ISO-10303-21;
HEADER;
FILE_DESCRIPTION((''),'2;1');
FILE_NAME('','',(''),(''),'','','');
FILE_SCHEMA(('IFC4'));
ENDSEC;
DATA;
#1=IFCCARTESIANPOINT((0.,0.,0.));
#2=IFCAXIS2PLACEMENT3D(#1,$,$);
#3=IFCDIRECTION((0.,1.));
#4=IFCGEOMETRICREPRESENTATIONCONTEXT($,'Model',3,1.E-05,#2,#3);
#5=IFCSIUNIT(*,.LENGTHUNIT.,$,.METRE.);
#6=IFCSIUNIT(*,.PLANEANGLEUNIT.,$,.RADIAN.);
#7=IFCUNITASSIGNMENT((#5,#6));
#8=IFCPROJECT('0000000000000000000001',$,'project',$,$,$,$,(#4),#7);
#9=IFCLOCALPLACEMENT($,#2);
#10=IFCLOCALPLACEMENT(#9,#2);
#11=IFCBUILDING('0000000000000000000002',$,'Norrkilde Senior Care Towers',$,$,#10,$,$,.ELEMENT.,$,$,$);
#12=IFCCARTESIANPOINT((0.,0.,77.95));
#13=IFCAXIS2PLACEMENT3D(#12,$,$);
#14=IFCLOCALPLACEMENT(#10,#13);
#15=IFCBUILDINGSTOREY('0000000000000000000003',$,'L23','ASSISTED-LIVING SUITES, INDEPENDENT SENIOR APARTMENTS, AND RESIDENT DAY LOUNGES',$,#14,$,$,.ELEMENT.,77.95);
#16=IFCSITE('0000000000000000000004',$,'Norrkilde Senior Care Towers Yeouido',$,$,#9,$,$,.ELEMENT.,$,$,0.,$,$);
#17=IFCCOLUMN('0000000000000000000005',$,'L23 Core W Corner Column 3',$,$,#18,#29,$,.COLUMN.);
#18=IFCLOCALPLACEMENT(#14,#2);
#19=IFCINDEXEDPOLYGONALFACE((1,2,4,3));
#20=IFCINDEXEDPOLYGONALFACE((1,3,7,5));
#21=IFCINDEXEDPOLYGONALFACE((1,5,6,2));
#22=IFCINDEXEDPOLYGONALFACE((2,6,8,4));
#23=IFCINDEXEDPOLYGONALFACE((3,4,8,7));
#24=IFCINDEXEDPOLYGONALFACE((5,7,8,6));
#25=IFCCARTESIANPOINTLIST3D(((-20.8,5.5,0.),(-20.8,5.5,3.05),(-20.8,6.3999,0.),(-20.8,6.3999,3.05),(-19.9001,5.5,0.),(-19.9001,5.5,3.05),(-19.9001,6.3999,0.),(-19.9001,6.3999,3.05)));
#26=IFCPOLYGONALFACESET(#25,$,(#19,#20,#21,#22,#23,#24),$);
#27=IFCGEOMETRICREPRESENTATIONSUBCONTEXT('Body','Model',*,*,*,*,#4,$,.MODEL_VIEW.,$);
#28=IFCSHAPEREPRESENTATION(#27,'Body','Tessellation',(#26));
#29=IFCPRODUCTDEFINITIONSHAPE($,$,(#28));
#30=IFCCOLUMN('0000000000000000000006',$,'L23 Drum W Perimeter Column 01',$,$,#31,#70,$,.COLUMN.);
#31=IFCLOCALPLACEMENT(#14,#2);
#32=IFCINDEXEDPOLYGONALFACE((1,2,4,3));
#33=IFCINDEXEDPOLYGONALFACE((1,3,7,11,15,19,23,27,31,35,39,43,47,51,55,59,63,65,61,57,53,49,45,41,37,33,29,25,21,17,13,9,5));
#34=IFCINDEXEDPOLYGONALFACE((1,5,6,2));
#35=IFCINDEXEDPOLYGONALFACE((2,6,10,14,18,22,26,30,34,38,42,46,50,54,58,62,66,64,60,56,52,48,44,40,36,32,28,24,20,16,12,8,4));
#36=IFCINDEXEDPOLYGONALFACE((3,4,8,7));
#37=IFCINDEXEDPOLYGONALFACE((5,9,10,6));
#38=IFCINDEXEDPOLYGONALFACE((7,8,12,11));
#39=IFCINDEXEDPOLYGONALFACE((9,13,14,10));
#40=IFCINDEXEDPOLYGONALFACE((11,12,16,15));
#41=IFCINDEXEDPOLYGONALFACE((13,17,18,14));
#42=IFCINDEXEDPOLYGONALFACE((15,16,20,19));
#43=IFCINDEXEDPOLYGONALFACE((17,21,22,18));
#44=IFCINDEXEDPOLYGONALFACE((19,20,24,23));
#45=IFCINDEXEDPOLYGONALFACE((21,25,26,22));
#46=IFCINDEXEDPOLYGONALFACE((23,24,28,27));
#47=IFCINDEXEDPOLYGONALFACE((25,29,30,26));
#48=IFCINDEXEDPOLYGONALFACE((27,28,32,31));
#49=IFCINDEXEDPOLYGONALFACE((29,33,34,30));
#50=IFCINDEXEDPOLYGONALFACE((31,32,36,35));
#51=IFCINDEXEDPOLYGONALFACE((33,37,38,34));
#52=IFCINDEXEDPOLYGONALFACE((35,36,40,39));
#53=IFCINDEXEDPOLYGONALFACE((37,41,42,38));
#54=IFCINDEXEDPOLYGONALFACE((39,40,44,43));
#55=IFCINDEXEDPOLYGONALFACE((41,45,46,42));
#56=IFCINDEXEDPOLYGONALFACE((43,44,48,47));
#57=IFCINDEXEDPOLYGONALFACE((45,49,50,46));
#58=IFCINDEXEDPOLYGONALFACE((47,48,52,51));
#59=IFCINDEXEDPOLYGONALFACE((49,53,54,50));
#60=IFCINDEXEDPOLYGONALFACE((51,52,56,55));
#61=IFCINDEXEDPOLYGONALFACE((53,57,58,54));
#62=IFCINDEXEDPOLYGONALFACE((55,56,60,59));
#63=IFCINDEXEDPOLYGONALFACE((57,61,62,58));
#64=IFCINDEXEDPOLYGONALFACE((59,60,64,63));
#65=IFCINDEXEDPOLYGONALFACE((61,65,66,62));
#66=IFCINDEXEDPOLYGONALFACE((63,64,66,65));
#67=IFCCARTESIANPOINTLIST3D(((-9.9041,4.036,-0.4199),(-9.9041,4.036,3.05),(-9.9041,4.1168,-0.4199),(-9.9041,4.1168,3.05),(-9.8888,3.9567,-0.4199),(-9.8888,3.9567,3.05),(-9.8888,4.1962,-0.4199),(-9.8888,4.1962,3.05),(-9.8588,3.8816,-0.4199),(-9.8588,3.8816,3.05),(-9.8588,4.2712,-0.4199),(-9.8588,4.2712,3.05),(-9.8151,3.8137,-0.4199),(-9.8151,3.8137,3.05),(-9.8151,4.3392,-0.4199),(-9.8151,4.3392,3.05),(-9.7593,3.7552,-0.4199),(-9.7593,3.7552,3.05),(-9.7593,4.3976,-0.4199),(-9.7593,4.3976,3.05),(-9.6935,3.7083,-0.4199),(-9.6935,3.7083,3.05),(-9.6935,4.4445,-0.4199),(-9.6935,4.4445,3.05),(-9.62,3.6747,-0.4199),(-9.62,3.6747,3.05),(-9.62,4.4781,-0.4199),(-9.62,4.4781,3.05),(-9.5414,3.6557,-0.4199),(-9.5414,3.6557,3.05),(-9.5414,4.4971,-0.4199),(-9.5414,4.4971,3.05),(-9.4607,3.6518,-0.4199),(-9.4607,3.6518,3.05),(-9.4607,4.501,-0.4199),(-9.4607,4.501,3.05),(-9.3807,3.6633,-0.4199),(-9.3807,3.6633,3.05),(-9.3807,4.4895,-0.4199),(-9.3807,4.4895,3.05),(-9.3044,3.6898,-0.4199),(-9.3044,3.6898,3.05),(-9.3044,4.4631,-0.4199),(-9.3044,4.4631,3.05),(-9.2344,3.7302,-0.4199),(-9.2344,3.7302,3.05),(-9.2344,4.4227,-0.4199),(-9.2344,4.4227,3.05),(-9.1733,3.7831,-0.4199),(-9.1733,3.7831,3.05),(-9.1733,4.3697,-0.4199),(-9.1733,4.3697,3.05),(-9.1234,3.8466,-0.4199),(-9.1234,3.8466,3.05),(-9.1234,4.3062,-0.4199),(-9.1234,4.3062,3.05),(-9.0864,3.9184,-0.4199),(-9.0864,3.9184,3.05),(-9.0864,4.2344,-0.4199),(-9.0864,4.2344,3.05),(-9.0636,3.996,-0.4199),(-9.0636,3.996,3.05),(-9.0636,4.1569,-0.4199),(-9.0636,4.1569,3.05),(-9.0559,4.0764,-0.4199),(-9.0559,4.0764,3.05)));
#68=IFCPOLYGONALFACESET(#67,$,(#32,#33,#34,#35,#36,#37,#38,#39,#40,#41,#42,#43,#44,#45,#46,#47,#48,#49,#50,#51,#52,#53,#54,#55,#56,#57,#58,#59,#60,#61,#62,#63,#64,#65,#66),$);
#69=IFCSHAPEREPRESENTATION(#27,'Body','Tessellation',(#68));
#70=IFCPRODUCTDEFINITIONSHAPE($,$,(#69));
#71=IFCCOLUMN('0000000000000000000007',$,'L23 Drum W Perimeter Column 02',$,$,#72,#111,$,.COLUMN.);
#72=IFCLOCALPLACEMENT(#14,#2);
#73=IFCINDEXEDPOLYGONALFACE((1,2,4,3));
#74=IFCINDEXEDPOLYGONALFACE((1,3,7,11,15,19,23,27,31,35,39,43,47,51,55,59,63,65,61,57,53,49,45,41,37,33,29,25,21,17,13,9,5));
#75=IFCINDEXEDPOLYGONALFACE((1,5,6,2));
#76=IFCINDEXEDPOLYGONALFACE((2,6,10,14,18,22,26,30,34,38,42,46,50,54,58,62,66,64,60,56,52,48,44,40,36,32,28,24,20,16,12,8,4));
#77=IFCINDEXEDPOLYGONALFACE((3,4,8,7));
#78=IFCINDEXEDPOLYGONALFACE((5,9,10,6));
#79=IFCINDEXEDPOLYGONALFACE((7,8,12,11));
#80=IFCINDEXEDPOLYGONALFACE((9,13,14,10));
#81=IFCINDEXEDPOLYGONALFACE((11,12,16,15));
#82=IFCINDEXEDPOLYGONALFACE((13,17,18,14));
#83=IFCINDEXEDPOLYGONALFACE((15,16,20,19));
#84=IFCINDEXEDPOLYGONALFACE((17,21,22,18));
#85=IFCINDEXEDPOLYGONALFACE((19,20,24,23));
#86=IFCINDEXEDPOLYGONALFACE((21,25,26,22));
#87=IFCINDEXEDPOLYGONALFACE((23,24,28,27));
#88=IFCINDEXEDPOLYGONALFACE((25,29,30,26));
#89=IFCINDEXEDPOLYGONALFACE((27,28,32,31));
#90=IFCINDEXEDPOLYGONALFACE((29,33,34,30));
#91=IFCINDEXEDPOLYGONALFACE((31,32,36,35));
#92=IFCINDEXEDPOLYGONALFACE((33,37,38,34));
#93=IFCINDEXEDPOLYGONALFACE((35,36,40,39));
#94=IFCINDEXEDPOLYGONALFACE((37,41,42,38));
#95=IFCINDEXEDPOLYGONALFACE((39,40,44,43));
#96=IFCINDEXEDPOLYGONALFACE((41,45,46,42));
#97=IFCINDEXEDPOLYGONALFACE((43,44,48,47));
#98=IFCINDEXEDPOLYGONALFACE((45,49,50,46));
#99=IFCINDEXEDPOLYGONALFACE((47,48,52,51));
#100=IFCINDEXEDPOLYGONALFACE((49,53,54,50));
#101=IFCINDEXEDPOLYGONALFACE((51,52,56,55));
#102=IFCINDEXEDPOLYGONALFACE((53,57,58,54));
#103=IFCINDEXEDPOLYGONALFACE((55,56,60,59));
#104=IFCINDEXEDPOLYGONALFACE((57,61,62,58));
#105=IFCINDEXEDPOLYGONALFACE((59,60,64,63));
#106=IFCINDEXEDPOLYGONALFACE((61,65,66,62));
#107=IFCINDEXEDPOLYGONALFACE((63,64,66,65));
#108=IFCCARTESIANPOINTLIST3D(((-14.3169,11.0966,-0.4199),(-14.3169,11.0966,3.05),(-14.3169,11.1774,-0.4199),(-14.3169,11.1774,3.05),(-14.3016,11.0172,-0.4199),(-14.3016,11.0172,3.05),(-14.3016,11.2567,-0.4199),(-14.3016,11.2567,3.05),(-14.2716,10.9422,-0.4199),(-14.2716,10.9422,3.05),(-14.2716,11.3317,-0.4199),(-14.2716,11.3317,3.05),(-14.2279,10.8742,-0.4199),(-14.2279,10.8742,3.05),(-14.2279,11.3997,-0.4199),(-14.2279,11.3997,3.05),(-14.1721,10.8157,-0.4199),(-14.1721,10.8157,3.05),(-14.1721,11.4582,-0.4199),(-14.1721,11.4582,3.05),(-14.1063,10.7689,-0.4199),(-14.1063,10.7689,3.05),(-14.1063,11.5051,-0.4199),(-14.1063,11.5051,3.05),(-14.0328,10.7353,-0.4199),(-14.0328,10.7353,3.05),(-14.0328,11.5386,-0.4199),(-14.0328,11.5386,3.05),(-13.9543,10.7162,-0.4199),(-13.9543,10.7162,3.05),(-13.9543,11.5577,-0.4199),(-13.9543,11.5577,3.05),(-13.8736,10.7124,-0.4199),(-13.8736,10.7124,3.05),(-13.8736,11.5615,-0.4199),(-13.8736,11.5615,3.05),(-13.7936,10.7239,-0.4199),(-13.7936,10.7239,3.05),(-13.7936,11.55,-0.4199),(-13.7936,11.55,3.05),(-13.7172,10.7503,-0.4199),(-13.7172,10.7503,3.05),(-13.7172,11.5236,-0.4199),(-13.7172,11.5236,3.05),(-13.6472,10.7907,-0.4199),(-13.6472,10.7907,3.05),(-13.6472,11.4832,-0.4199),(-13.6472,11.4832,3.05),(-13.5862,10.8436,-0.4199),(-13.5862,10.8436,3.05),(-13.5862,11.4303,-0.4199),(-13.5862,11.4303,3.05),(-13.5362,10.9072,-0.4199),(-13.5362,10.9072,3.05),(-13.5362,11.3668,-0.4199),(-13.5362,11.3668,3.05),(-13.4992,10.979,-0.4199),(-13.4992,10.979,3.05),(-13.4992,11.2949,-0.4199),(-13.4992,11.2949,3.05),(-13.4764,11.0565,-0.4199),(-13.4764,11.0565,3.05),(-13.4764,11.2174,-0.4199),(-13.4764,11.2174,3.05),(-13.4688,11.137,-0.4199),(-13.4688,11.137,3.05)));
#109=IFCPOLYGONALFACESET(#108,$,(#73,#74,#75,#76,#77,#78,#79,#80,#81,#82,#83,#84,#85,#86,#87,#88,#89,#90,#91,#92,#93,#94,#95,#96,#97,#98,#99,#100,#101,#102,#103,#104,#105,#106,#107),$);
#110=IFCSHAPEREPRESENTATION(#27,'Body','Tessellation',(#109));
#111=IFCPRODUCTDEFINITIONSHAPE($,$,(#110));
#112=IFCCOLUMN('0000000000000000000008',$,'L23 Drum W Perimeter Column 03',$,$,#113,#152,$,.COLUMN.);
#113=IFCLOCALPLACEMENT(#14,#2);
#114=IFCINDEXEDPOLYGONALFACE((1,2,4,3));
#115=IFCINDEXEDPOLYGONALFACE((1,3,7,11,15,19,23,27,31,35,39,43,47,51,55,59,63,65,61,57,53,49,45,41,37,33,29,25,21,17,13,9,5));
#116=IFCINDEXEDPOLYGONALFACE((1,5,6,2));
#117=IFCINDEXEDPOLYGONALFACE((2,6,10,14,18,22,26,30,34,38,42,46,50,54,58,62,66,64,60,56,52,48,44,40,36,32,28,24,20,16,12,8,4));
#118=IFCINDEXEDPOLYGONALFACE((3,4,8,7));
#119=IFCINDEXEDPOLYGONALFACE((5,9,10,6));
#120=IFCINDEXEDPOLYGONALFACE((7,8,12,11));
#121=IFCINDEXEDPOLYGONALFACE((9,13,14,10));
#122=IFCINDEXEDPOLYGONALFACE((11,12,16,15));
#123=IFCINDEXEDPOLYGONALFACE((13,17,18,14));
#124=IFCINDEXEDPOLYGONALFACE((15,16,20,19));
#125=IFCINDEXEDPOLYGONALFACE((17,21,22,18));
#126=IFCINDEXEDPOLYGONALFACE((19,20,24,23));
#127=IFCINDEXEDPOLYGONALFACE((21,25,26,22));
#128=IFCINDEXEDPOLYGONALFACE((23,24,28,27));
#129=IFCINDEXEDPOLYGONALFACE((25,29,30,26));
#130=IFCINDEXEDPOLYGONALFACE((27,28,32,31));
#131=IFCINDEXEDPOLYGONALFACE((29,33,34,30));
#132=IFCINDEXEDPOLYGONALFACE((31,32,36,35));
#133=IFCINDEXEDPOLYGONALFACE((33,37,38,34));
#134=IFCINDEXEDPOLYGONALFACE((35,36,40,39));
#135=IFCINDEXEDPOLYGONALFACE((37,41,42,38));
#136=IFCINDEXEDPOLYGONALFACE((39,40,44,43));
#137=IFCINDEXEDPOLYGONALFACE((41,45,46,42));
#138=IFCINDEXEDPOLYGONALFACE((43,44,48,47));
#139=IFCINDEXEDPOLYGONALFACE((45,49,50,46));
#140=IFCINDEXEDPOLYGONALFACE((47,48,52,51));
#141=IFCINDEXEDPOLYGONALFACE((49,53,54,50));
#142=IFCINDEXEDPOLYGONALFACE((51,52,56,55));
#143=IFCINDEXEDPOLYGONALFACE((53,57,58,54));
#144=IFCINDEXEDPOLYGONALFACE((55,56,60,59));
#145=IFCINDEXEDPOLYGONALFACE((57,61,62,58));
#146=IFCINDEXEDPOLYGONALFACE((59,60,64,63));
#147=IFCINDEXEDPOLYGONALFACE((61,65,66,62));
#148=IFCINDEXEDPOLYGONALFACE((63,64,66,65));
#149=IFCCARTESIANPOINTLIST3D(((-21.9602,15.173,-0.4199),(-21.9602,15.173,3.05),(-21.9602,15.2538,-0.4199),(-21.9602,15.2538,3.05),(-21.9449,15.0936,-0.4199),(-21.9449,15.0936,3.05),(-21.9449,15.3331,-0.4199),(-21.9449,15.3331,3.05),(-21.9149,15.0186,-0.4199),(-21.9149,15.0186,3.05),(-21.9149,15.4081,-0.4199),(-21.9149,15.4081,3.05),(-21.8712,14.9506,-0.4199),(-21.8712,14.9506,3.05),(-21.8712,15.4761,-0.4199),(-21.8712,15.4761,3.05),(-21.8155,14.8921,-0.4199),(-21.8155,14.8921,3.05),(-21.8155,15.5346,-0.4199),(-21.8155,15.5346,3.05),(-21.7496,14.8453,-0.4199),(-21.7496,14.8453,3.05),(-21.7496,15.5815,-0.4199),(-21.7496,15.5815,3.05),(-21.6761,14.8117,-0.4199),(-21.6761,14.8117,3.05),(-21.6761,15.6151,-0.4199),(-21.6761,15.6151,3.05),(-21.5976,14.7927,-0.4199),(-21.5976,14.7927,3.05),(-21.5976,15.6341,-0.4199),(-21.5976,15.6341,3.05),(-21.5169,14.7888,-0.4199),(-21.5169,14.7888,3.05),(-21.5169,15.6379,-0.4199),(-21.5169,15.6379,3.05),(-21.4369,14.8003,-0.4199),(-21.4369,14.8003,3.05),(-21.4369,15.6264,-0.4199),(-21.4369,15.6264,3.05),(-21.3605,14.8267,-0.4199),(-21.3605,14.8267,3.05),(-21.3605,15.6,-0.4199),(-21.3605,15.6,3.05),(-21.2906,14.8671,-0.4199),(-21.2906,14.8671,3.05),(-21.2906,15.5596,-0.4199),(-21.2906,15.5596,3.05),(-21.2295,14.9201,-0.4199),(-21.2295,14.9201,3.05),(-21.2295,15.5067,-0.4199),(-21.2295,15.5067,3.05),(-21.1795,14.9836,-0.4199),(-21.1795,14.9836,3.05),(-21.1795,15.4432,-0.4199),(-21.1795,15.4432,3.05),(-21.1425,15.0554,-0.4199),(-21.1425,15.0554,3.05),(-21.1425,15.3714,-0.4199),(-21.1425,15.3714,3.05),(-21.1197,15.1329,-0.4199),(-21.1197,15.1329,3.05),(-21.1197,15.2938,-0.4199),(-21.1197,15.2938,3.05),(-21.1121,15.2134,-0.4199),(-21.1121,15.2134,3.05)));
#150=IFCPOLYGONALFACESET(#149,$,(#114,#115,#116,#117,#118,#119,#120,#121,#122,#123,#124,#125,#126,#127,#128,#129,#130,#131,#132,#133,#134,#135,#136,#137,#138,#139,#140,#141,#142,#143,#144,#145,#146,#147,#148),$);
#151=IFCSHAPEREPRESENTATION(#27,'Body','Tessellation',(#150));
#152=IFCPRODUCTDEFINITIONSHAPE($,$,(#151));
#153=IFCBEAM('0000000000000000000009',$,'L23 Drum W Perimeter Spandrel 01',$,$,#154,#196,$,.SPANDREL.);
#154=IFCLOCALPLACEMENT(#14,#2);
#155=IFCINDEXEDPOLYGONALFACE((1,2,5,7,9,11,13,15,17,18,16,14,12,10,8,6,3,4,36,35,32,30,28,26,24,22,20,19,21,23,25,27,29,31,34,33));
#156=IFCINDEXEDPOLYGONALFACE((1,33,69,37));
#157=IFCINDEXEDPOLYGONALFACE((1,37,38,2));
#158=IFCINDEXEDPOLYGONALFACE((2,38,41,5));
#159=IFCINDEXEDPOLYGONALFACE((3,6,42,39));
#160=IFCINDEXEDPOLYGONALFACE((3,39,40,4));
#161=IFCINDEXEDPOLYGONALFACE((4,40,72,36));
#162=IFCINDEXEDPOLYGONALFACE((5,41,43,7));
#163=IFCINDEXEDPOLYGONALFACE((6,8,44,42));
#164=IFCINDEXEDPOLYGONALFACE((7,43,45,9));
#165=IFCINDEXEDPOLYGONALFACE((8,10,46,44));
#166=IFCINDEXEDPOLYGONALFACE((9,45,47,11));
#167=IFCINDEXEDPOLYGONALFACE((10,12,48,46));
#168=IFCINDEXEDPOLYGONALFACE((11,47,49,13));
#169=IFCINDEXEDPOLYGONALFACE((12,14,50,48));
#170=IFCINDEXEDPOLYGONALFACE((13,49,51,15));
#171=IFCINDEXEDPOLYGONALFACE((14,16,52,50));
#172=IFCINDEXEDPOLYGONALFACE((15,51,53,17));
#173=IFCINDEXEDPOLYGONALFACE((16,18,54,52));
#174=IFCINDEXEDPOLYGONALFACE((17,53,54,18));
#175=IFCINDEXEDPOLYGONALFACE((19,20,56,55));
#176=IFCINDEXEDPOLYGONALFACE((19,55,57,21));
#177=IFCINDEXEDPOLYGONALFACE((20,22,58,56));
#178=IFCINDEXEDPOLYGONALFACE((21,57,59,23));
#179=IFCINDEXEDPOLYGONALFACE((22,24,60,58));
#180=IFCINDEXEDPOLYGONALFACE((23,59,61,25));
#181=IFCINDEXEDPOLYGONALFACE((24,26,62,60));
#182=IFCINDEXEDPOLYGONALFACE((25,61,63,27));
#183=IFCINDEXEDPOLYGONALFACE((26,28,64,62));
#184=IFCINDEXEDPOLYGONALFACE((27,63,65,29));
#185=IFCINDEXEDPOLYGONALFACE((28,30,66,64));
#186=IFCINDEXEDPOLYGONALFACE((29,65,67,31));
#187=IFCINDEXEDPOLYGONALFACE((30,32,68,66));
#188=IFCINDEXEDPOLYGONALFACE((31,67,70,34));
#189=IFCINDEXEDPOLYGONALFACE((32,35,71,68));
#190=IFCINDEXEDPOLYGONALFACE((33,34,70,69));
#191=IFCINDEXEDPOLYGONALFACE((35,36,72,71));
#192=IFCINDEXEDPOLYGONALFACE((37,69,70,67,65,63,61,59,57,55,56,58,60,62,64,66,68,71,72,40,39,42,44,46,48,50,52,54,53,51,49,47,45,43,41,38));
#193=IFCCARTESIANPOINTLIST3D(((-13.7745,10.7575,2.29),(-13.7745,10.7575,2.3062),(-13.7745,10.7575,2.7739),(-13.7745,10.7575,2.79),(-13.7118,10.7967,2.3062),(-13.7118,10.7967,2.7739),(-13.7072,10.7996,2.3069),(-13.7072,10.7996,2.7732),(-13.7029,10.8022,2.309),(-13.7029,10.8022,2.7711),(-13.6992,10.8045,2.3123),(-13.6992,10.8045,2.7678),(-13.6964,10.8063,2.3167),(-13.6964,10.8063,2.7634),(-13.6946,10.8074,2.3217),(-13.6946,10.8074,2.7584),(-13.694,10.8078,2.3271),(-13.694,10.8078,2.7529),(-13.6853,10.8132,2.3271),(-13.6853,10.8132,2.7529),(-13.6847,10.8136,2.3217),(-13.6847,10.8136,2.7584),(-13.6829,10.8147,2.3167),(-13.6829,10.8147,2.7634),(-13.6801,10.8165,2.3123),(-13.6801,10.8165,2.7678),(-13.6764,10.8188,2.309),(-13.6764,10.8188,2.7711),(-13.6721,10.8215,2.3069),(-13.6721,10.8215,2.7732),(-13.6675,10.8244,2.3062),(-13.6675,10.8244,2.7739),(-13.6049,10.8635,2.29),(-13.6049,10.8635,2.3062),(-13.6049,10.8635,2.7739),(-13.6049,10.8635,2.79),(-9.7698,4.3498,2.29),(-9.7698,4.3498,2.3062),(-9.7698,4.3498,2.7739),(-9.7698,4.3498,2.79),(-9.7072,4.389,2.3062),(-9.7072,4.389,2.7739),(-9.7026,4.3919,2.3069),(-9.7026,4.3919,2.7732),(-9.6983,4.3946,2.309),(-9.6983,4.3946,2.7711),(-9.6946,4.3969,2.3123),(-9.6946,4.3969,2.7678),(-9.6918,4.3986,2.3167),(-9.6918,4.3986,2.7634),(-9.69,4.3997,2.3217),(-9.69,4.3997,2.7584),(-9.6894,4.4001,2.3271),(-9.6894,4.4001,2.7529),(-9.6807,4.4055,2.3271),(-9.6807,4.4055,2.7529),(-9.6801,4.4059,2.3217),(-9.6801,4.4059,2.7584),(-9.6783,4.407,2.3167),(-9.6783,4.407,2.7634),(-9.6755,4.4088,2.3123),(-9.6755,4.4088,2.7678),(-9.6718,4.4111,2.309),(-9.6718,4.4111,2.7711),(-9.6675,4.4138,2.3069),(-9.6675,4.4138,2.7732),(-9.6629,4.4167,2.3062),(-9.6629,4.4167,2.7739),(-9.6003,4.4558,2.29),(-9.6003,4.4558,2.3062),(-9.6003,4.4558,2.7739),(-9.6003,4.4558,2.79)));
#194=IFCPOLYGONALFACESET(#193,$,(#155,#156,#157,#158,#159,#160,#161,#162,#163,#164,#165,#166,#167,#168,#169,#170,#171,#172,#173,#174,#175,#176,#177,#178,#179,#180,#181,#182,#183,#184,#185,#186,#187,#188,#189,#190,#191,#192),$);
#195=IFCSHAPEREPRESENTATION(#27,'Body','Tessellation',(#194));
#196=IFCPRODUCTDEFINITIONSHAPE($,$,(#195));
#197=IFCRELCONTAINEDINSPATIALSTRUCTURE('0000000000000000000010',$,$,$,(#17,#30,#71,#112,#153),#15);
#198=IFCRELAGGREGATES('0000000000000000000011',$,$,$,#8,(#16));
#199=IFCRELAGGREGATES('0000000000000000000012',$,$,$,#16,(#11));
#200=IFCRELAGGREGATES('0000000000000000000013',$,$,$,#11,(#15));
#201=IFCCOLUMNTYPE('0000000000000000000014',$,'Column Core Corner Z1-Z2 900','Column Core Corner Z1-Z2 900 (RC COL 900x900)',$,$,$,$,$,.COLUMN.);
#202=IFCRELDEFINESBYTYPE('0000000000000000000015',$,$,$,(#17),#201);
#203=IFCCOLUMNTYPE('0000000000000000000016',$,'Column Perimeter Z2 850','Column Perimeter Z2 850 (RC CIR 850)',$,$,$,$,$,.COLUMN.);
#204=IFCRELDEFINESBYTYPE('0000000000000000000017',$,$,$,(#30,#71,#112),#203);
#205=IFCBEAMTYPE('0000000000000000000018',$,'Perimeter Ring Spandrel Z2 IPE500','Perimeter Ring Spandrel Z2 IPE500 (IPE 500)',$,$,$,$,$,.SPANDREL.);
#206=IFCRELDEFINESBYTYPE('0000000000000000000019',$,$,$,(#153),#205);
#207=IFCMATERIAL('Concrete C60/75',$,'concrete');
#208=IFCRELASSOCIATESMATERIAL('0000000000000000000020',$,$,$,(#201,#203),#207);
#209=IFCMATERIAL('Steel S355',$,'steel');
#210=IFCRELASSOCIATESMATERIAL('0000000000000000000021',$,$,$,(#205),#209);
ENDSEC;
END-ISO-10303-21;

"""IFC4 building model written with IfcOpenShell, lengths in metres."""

from ifc_helpers import new_model, si_unit, direction, frame, origin, origin_2d, place, context, subcontext, project, spatial, rectangle, circle, i_section, extrude, source, transform, mapped, material, material_profile, profile_set, type_object, type_shapes, element, save


model = new_model("IFC4")

# Units and contexts
model_context = context("Model", 3, precision=1e-05, world=origin(), true_north=direction((0.0, 1.0)))
body_context = subcontext(model_context, "Body", "Model", "MODEL_VIEW")
ifc_project = project(units=[si_unit("LENGTHUNIT", "METRE"), si_unit("PLANEANGLEUNIT", "RADIAN")], contexts=[model_context])

# Site, building, storey
site_placement = place(None, origin())
site = spatial("IfcSite", under=ifc_project, at=site_placement, Name="Norrkilde Senior Care Towers Yeouido", CompositionType="ELEMENT", RefElevation=0.0)
building_placement = place(site_placement, origin())
building = spatial("IfcBuilding", under=site, at=building_placement, Name="Norrkilde Senior Care Towers", CompositionType="ELEMENT")
storey_placement = place(building_placement, frame((0.0, 0.0, 77.95)))
storey = spatial("IfcBuildingStorey", under=building, at=storey_placement, Name="L23", Description="ASSISTED-LIVING SUITES, INDEPENDENT SENIOR APARTMENTS, AND RESIDENT DAY LOUNGES", CompositionType="ELEMENT", Elevation=77.95)

# Columns
ifc_material_1 = material(Name="Concrete C60/75", Category="concrete")
ifc_material_profile_1 = material_profile(ifc_material_1, rectangle(XDim=0.8999, YDim=0.8999, at=origin_2d()), Name="RC COL 900x900")
ifc_profile_set_1 = profile_set([ifc_material_profile_1], Name="Concrete C60/75")
column_type_1 = type_object("IfcColumnType", Name="Column Core Corner Z1-Z2 900", Description="Column Core Corner Z1-Z2 900 (RC COL 900x900)", PredefinedType="COLUMN", material=ifc_profile_set_1)
shared_shape_1 = source(origin(), body_context, "Body", "SweptSolid", [
    extrude(rectangle(XDim=0.8999, YDim=0.8999, at=origin_2d()), origin(), (0.0, 0.0, 1.0), 3.05),
])
type_shapes(column_type_1, [shared_shape_1])
column_placement = place(storey_placement, frame((-20.3501, 5.95, 0.0), z_axis=(0.0, 0.0, 1.0), x_axis=(1.0, 0.0, 0.0)))
element("IfcColumn", 1, at=column_placement, inside=storey, type_object=column_type_1, Name="L23 Core W Corner Column 3", PredefinedType="COLUMN", context=body_context, shape_type="MappedRepresentation", body=[
    mapped(shared_shape_1, transform((0.0, 0.0, 0.0), x_axis=(1.0, 0.0, 0.0), y_axis=(0.0, 1.0, 0.0), z_axis=(0.0, 0.0, 1.0), scale=1.0)),
])
ifc_material_profile_2 = material_profile(ifc_material_1, circle(Radius=0.425, at=origin_2d()), Name="RC CIR 850")
ifc_profile_set_2 = profile_set([ifc_material_profile_2], Name="Concrete C60/75")
column_type_2 = type_object("IfcColumnType", Name="Column Perimeter Z2 850", Description="Column Perimeter Z2 850 (RC CIR 850)", PredefinedType="COLUMN", material=ifc_profile_set_2)
shared_shape_2 = source(origin(), body_context, "Body", "SweptSolid", [
    extrude(circle(Radius=0.425, at=origin_2d()), origin(), (0.0, 0.0, 1.0), 3.47),
])
type_shapes(column_type_2, [shared_shape_2])
for number, where, z_axis, x_axis, name in (
    (2, (-9.481, 4.0764, -0.4199), (0.0, 0.0, 1.0), (1.0, 0.0, 0.0), "L23 Drum W Perimeter Column 01"),
    (3, (-13.8938, 11.137, -0.4199), (0.0, 0.0, 1.0), (1.0, 0.0, 0.0), "L23 Drum W Perimeter Column 02"),
    (4, (-21.5371, 15.2134, -0.4199), (0.0, 0.0, 1.0), (1.0, 0.0, 0.0), "L23 Drum W Perimeter Column 03"),
):
    element("IfcColumn", number, at=place(storey_placement, frame(where, z_axis=z_axis, x_axis=x_axis)), inside=storey, type_object=column_type_2, Name=name, PredefinedType="COLUMN", context=body_context, shape_type="MappedRepresentation", body=[
        mapped(shared_shape_2, transform((0.0, 0.0, 0.0), x_axis=(1.0, 0.0, 0.0), y_axis=(0.0, 1.0, 0.0), z_axis=(0.0, 0.0, 1.0), scale=1.0)),
    ])

# Beam
ifc_material_2 = material(Name="Steel S355", Category="steel")
ifc_material_profile_3 = material_profile(ifc_material_2, i_section(OverallWidth=0.2, OverallDepth=0.5, WebThickness=0.0103, FlangeThickness=0.0161, FilletRadius=0.021, at=origin_2d()), Name="IPE 500")
ifc_profile_set_3 = profile_set([ifc_material_profile_3], Name="Steel S355")
beam_type_1 = type_object("IfcBeamType", Name="Perimeter Ring Spandrel Z2 IPE500", Description="Perimeter Ring Spandrel Z2 IPE500 (IPE 500)", PredefinedType="SPANDREL", material=ifc_profile_set_3)
shared_shape_3 = source(origin(), body_context, "Body", "SweptSolid", [
    extrude(i_section(OverallWidth=0.2, OverallDepth=0.5, WebThickness=0.0103, FlangeThickness=0.0161, FilletRadius=0.021, at=origin_2d()), origin(), (0.0, 0.0, 1.0), 7.5562),
])
beam_1_placement = place(storey_placement, frame((-9.6851, 4.4028, 2.54), z_axis=(-0.529982, 0.848009, 0.0), x_axis=(-0.848009, -0.529982, 0.0)))
element("IfcBeam", 5, at=beam_1_placement, inside=storey, type_object=beam_type_1, Name="L23 Drum W Perimeter Spandrel 01", PredefinedType="SPANDREL", context=body_context, shape_type="MappedRepresentation", body=[
    mapped(shared_shape_3, transform((0.0, 0.0, 0.0), x_axis=(1.0, 0.0, 0.0), y_axis=(0.0, 1.0, 0.0), z_axis=(0.0, 0.0, 1.0), scale=1.0)),
])

save(model, "model.ifc")
